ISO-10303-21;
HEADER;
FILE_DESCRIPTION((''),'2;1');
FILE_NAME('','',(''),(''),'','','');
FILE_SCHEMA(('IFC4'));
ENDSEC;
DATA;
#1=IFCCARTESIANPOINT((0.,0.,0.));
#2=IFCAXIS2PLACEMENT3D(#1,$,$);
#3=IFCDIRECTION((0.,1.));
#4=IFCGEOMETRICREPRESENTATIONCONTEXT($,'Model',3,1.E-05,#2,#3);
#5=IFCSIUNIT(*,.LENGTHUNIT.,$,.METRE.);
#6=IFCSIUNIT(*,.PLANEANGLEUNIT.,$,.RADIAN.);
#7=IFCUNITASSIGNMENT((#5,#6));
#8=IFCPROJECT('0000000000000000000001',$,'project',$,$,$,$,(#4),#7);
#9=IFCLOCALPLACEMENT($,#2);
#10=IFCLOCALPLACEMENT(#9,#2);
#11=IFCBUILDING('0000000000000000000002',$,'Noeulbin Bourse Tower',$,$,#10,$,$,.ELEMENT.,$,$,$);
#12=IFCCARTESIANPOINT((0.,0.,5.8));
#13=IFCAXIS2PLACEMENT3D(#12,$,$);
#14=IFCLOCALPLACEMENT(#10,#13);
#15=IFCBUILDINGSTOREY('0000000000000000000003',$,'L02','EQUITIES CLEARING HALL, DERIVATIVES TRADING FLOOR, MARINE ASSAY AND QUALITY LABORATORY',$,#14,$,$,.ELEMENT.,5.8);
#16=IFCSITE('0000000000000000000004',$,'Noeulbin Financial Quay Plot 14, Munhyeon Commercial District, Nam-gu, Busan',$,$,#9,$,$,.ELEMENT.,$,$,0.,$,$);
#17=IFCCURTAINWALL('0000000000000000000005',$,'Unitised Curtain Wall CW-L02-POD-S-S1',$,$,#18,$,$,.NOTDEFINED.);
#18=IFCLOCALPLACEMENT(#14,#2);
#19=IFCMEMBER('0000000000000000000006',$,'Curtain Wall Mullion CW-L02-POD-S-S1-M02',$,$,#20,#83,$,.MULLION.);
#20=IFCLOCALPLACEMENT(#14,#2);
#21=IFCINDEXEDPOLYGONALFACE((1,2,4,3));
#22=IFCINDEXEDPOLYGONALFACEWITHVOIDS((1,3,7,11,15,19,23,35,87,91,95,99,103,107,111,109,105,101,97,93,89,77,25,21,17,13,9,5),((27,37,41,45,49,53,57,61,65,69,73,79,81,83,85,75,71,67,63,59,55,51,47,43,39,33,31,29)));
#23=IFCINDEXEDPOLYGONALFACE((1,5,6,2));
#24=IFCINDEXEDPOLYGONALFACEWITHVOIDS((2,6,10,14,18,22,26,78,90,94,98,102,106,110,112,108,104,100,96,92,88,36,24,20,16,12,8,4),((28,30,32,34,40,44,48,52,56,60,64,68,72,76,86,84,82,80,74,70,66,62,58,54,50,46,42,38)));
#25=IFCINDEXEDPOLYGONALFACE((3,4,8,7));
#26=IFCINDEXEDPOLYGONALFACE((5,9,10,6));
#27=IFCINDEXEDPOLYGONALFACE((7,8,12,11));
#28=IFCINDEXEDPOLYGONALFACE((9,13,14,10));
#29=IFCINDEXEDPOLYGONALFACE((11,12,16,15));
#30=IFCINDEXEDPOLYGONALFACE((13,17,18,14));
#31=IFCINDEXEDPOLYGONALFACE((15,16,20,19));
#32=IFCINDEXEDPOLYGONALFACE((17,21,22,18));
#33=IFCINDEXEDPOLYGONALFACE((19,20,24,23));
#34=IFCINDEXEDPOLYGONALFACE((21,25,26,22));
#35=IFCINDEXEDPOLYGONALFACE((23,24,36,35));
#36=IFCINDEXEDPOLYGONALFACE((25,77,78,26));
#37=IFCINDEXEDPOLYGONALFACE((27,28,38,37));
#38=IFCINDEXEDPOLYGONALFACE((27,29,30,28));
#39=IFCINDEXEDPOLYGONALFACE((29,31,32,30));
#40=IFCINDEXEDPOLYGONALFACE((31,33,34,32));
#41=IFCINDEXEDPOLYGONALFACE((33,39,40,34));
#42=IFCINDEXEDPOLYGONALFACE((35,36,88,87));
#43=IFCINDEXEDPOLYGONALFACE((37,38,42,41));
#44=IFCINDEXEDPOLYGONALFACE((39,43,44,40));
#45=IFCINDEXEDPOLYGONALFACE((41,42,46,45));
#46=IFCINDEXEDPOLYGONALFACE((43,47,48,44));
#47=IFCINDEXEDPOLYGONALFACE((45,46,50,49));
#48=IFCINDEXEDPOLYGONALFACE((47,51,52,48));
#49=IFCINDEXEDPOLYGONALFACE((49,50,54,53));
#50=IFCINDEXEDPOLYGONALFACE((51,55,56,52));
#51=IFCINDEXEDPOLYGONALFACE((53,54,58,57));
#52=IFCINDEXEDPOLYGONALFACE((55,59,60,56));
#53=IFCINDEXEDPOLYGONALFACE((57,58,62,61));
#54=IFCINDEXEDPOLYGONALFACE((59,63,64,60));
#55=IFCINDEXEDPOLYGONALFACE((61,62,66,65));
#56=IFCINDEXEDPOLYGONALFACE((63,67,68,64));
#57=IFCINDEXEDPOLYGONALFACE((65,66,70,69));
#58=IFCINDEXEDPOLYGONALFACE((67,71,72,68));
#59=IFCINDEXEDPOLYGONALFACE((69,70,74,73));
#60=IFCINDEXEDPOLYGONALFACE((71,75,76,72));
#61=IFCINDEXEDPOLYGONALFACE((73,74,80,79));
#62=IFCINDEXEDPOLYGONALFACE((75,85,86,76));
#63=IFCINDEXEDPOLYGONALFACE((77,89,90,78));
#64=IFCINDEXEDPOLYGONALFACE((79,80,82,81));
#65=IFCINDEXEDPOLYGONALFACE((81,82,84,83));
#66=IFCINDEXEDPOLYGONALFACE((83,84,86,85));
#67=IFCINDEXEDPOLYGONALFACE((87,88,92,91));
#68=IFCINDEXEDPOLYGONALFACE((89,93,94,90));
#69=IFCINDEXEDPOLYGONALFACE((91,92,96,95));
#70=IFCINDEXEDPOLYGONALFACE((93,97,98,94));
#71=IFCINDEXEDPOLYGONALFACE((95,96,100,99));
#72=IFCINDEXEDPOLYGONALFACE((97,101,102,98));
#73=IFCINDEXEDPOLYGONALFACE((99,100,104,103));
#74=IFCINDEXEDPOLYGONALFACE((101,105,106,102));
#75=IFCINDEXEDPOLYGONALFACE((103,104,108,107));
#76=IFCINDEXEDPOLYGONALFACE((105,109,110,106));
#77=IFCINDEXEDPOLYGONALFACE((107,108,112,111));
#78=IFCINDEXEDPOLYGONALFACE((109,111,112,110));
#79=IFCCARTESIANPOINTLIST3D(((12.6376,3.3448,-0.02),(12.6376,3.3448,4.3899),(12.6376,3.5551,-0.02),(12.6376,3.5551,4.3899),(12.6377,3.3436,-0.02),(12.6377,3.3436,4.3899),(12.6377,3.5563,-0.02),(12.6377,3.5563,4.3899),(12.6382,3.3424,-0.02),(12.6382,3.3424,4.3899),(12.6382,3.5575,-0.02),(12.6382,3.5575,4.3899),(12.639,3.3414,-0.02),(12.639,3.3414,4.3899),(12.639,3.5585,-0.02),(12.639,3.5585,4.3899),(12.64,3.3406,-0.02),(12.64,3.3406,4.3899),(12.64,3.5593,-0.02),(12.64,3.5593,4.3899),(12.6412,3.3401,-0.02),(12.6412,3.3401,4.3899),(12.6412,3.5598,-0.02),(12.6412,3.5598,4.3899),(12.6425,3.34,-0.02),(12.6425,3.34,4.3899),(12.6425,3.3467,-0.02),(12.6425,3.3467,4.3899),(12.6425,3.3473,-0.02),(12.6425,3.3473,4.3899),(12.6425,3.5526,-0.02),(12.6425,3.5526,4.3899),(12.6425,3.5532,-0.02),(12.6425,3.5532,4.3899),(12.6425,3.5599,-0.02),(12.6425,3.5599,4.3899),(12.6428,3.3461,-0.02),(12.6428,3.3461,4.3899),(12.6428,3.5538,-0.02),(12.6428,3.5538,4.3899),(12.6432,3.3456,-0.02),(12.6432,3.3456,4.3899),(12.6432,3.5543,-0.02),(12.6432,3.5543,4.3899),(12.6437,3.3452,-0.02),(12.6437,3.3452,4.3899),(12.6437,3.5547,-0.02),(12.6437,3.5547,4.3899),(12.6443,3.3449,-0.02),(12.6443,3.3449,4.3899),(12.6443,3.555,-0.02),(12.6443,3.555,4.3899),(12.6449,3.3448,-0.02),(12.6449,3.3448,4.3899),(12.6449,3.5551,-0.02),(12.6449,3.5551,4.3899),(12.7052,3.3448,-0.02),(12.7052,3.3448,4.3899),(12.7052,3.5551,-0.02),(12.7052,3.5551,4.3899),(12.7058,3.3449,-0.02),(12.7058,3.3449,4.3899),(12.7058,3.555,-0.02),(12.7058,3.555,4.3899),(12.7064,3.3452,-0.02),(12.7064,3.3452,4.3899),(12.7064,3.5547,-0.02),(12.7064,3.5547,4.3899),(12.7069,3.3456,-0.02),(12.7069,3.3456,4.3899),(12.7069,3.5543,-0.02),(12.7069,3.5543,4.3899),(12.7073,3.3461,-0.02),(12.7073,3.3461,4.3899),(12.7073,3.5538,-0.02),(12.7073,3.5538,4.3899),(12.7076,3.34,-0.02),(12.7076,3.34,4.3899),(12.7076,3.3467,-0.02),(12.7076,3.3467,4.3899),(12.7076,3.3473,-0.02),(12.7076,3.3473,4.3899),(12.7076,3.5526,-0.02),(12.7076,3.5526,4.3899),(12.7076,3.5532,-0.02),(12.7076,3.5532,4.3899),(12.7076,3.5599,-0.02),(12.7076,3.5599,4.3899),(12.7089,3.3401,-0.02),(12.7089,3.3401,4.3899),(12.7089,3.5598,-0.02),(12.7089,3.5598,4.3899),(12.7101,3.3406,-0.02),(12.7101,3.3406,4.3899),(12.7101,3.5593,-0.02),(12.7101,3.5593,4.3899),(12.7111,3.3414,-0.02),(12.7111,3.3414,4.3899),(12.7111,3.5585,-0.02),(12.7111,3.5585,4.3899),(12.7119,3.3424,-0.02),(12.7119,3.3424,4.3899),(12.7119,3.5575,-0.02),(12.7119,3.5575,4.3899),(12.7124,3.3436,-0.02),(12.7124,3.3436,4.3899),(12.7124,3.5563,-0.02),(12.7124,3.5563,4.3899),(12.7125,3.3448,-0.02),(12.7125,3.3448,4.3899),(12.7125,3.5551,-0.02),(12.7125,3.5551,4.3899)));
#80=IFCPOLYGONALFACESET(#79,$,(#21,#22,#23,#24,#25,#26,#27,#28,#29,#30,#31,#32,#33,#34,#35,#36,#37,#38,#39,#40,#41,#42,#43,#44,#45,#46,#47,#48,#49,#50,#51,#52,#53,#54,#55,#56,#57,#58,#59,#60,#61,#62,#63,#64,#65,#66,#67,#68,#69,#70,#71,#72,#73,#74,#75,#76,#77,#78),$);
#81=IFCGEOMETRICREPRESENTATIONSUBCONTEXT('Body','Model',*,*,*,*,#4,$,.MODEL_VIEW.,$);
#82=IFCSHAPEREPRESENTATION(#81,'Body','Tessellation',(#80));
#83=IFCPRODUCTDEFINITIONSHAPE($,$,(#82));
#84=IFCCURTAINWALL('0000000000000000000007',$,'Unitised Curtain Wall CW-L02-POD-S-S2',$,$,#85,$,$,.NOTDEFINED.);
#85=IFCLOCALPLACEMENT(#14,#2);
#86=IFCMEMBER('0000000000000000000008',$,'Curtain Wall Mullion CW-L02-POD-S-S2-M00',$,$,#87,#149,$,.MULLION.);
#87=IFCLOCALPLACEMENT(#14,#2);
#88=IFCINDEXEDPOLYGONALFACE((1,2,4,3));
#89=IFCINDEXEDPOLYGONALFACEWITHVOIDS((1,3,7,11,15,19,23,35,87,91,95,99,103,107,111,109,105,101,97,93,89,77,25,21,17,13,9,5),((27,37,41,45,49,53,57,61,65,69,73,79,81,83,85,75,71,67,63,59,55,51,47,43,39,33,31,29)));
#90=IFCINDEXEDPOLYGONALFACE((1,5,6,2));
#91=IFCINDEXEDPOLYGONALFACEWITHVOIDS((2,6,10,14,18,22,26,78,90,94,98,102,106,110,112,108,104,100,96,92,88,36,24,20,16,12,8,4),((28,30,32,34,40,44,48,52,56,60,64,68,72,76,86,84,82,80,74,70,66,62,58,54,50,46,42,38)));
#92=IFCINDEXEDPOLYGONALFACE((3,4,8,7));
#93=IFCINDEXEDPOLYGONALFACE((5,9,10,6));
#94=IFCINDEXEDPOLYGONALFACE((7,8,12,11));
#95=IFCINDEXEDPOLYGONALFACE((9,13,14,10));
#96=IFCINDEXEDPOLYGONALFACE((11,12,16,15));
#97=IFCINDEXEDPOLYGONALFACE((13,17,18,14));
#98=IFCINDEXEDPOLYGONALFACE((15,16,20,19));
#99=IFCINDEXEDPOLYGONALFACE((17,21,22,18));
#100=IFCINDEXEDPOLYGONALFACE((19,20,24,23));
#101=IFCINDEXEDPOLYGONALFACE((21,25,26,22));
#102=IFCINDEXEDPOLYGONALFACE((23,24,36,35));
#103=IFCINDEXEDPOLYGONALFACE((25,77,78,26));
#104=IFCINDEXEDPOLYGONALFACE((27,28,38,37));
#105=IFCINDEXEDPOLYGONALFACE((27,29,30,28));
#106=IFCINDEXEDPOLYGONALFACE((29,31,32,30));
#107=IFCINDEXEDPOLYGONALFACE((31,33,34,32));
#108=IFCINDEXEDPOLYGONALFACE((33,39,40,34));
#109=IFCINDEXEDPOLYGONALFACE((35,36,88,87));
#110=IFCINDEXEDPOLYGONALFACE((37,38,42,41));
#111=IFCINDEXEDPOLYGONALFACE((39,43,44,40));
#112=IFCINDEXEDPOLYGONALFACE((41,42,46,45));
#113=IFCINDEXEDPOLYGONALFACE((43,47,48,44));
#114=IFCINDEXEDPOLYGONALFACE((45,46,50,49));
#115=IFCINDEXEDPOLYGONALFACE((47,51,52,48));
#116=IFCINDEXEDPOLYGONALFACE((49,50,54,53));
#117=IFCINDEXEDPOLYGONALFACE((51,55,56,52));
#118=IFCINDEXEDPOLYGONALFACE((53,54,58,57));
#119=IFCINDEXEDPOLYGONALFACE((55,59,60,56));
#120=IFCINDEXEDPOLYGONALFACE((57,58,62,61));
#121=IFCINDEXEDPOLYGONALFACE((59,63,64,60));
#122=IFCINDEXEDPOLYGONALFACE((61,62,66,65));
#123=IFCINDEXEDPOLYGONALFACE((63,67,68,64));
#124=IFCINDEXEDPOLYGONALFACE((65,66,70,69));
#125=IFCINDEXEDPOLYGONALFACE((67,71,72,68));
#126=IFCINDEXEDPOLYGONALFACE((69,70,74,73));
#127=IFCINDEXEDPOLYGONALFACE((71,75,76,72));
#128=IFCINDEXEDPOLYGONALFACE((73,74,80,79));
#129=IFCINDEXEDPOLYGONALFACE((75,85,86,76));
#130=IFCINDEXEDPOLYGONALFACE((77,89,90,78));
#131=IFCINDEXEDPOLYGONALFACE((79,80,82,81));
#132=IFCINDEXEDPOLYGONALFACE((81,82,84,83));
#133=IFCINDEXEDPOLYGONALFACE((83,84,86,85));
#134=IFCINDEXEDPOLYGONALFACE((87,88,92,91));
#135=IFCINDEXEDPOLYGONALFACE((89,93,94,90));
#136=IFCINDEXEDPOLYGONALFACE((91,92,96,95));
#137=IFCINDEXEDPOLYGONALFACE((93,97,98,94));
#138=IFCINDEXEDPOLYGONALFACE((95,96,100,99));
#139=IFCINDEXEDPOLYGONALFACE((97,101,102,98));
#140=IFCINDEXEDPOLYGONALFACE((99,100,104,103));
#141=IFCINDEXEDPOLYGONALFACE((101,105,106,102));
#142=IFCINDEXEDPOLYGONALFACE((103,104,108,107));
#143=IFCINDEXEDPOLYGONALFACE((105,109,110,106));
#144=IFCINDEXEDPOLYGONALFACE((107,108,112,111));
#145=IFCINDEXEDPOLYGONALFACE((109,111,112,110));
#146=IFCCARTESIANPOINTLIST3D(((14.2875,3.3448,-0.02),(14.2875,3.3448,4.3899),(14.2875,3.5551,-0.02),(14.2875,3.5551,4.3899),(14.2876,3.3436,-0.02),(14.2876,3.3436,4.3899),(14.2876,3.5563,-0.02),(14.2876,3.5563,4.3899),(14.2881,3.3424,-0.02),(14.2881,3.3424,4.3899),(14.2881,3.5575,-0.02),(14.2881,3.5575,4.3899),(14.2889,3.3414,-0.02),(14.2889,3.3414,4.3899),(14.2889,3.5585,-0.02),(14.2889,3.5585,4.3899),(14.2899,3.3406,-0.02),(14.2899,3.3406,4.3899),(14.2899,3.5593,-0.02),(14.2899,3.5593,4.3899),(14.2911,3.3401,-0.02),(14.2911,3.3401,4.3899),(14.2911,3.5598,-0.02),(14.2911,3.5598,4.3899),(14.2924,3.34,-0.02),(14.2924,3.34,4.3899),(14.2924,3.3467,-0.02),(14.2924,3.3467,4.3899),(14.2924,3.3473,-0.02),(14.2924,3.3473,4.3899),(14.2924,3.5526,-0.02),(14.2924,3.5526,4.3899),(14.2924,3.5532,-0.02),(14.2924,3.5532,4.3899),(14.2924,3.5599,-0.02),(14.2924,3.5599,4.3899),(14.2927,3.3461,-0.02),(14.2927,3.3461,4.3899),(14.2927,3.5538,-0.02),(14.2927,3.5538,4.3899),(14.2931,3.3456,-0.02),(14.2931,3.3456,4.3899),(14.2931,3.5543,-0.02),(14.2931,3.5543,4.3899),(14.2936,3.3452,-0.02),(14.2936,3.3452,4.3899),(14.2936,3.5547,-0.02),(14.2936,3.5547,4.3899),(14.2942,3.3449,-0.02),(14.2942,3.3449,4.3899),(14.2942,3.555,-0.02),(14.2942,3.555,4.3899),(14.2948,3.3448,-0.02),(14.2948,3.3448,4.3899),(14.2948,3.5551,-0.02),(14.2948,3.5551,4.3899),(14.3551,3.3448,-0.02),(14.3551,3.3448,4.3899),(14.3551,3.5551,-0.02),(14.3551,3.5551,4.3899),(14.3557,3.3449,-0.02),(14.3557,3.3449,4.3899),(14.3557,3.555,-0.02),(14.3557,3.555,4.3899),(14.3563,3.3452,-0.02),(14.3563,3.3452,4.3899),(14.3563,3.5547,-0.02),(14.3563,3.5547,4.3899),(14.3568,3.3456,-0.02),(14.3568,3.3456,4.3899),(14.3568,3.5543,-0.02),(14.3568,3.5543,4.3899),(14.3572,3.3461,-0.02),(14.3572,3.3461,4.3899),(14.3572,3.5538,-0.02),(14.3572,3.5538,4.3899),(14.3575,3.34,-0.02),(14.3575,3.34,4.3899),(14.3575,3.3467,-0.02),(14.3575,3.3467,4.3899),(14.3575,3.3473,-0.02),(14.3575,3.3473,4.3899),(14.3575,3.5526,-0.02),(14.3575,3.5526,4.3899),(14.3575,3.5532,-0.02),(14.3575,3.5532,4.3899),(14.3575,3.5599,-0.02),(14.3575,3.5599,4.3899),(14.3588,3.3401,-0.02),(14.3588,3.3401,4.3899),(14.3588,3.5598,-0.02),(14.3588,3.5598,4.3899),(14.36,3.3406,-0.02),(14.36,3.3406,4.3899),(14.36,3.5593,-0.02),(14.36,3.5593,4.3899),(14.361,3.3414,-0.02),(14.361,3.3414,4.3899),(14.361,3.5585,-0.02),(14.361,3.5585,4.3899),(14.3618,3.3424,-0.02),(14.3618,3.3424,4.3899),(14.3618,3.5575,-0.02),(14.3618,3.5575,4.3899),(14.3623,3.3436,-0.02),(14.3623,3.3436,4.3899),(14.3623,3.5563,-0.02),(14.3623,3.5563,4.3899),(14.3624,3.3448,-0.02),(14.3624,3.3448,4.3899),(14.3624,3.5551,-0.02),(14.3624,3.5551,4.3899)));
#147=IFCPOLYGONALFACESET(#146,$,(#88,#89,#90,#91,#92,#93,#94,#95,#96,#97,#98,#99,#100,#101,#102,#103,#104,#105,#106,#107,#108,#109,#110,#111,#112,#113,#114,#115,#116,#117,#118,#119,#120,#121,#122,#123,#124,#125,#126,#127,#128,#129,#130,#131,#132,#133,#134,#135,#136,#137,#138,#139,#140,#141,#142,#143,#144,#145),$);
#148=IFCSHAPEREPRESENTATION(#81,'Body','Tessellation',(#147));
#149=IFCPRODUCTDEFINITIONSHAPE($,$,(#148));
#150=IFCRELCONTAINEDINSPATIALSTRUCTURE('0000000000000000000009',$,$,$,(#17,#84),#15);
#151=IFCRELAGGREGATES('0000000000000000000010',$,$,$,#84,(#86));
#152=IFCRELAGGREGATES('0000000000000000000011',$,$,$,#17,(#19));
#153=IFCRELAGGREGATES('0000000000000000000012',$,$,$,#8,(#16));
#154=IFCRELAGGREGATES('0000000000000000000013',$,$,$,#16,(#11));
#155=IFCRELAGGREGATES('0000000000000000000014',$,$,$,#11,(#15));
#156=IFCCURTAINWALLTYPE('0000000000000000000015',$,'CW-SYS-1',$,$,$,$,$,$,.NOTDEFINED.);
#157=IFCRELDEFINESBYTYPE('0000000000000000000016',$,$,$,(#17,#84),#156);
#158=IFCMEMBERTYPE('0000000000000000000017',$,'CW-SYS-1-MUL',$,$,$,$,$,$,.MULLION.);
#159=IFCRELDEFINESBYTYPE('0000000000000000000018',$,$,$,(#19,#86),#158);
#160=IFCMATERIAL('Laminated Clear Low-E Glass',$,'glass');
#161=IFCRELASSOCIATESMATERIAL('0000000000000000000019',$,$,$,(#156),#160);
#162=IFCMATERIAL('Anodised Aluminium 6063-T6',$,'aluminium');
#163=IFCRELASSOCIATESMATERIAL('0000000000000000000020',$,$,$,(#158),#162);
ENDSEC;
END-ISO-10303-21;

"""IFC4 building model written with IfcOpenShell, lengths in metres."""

from ifc_helpers import new_model, si_unit, direction, frame, origin, origin_2d, place, context, subcontext, project, spatial, hollow_rectangle, extrude, material, material_profile, profile_set, type_object, element, aggregate, save


model = new_model("IFC4")

# Units and contexts
model_context = context("Model", 3, precision=1e-05, world=origin(), true_north=direction((0.0, 1.0)))
body_context = subcontext(model_context, "Body", "Model", "MODEL_VIEW")
ifc_project = project(units=[si_unit("LENGTHUNIT", "METRE"), si_unit("PLANEANGLEUNIT", "RADIAN")], contexts=[model_context])

# Site, building, storey
site_placement = place(None, origin())
site = spatial("IfcSite", under=ifc_project, at=site_placement, Name="Noeulbin Financial Quay Plot 14, Munhyeon Commercial District, Nam-gu, Busan", CompositionType="ELEMENT", RefElevation=0.0)
building_placement = place(site_placement, origin())
building = spatial("IfcBuilding", under=site, at=building_placement, Name="Noeulbin Bourse Tower", CompositionType="ELEMENT")
storey_placement = place(building_placement, frame((0.0, 0.0, 5.8)))
storey = spatial("IfcBuildingStorey", under=building, at=storey_placement, Name="L02", Description="EQUITIES CLEARING HALL, DERIVATIVES TRADING FLOOR, MARINE ASSAY AND QUALITY LABORATORY", CompositionType="ELEMENT", Elevation=5.8)

# Curtain wall, member
ifc_material_1 = material(Name="Laminated Clear Low-E Glass", Category="glass")
curtain_wall_type = type_object("IfcCurtainWallType", Name="CW-SYS-1", PredefinedType="NOTDEFINED", material=ifc_material_1)
curtain_wall_1_placement = place(storey_placement, origin())
curtain_wall_1 = element("IfcCurtainWall", 1, at=curtain_wall_1_placement, inside=storey, type_object=curtain_wall_type, Name="Unitised Curtain Wall CW-L02-POD-S-S1", PredefinedType="NOTDEFINED")
ifc_material_2 = material(Name="Anodised Aluminium 6063-T6", Category="aluminium")
ifc_material_profile_1 = material_profile(ifc_material_2, hollow_rectangle(XDim=0.075, YDim=0.22, WallThickness=0.0049, InnerFilletRadius=0.0024, OuterFilletRadius=0.0049, at=origin_2d()), Name="ALU-MULL-75x220x5", Category="LoadBearing")
ifc_profile_set_1 = profile_set([ifc_material_profile_1], Name="Anodised Aluminium 6063-T6")
member_type_1 = type_object("IfcMemberType", Name="CW-SYS-1-MUL", PredefinedType="MULLION", material=ifc_profile_set_1)
member_1_placement = place(storey_placement, frame((12.675, 3.45, -0.02), z_axis=(0.0, 0.0, 1.0), x_axis=(1.0, 0.0, 0.0)))
member_1 = element("IfcMember", 2, at=member_1_placement, type_object=member_type_1, Name="Curtain Wall Mullion CW-L02-POD-S-S1-M02", PredefinedType="MULLION", context=body_context, shape_type="SweptSolid", body=[
    extrude(hollow_rectangle(XDim=0.075, YDim=0.22, WallThickness=0.0049, InnerFilletRadius=0.0024, OuterFilletRadius=0.0049, at=origin_2d()), origin(), (0.0, 0.0, 1.0), 4.4099),
])

# Curtain wall, member
curtain_wall_2_placement = place(storey_placement, origin())
curtain_wall_2 = element("IfcCurtainWall", 3, at=curtain_wall_2_placement, inside=storey, type_object=curtain_wall_type, Name="Unitised Curtain Wall CW-L02-POD-S-S2", PredefinedType="NOTDEFINED")
member_2_placement = place(storey_placement, frame((14.325, 3.45, -0.02), z_axis=(0.0, 0.0, 1.0), x_axis=(1.0, 0.0, 0.0)))
member_2 = element("IfcMember", 4, at=member_2_placement, type_object=member_type_1, Name="Curtain Wall Mullion CW-L02-POD-S-S2-M00", PredefinedType="MULLION", context=body_context, shape_type="SweptSolid", body=[
    extrude(hollow_rectangle(XDim=0.075, YDim=0.22, WallThickness=0.0049, InnerFilletRadius=0.0024, OuterFilletRadius=0.0049, at=origin_2d()), origin(), (0.0, 0.0, 1.0), 4.4099),
])
aggregate(curtain_wall_2, [member_2])

aggregate(curtain_wall_1, [member_1])

save(model, "model.ifc")
